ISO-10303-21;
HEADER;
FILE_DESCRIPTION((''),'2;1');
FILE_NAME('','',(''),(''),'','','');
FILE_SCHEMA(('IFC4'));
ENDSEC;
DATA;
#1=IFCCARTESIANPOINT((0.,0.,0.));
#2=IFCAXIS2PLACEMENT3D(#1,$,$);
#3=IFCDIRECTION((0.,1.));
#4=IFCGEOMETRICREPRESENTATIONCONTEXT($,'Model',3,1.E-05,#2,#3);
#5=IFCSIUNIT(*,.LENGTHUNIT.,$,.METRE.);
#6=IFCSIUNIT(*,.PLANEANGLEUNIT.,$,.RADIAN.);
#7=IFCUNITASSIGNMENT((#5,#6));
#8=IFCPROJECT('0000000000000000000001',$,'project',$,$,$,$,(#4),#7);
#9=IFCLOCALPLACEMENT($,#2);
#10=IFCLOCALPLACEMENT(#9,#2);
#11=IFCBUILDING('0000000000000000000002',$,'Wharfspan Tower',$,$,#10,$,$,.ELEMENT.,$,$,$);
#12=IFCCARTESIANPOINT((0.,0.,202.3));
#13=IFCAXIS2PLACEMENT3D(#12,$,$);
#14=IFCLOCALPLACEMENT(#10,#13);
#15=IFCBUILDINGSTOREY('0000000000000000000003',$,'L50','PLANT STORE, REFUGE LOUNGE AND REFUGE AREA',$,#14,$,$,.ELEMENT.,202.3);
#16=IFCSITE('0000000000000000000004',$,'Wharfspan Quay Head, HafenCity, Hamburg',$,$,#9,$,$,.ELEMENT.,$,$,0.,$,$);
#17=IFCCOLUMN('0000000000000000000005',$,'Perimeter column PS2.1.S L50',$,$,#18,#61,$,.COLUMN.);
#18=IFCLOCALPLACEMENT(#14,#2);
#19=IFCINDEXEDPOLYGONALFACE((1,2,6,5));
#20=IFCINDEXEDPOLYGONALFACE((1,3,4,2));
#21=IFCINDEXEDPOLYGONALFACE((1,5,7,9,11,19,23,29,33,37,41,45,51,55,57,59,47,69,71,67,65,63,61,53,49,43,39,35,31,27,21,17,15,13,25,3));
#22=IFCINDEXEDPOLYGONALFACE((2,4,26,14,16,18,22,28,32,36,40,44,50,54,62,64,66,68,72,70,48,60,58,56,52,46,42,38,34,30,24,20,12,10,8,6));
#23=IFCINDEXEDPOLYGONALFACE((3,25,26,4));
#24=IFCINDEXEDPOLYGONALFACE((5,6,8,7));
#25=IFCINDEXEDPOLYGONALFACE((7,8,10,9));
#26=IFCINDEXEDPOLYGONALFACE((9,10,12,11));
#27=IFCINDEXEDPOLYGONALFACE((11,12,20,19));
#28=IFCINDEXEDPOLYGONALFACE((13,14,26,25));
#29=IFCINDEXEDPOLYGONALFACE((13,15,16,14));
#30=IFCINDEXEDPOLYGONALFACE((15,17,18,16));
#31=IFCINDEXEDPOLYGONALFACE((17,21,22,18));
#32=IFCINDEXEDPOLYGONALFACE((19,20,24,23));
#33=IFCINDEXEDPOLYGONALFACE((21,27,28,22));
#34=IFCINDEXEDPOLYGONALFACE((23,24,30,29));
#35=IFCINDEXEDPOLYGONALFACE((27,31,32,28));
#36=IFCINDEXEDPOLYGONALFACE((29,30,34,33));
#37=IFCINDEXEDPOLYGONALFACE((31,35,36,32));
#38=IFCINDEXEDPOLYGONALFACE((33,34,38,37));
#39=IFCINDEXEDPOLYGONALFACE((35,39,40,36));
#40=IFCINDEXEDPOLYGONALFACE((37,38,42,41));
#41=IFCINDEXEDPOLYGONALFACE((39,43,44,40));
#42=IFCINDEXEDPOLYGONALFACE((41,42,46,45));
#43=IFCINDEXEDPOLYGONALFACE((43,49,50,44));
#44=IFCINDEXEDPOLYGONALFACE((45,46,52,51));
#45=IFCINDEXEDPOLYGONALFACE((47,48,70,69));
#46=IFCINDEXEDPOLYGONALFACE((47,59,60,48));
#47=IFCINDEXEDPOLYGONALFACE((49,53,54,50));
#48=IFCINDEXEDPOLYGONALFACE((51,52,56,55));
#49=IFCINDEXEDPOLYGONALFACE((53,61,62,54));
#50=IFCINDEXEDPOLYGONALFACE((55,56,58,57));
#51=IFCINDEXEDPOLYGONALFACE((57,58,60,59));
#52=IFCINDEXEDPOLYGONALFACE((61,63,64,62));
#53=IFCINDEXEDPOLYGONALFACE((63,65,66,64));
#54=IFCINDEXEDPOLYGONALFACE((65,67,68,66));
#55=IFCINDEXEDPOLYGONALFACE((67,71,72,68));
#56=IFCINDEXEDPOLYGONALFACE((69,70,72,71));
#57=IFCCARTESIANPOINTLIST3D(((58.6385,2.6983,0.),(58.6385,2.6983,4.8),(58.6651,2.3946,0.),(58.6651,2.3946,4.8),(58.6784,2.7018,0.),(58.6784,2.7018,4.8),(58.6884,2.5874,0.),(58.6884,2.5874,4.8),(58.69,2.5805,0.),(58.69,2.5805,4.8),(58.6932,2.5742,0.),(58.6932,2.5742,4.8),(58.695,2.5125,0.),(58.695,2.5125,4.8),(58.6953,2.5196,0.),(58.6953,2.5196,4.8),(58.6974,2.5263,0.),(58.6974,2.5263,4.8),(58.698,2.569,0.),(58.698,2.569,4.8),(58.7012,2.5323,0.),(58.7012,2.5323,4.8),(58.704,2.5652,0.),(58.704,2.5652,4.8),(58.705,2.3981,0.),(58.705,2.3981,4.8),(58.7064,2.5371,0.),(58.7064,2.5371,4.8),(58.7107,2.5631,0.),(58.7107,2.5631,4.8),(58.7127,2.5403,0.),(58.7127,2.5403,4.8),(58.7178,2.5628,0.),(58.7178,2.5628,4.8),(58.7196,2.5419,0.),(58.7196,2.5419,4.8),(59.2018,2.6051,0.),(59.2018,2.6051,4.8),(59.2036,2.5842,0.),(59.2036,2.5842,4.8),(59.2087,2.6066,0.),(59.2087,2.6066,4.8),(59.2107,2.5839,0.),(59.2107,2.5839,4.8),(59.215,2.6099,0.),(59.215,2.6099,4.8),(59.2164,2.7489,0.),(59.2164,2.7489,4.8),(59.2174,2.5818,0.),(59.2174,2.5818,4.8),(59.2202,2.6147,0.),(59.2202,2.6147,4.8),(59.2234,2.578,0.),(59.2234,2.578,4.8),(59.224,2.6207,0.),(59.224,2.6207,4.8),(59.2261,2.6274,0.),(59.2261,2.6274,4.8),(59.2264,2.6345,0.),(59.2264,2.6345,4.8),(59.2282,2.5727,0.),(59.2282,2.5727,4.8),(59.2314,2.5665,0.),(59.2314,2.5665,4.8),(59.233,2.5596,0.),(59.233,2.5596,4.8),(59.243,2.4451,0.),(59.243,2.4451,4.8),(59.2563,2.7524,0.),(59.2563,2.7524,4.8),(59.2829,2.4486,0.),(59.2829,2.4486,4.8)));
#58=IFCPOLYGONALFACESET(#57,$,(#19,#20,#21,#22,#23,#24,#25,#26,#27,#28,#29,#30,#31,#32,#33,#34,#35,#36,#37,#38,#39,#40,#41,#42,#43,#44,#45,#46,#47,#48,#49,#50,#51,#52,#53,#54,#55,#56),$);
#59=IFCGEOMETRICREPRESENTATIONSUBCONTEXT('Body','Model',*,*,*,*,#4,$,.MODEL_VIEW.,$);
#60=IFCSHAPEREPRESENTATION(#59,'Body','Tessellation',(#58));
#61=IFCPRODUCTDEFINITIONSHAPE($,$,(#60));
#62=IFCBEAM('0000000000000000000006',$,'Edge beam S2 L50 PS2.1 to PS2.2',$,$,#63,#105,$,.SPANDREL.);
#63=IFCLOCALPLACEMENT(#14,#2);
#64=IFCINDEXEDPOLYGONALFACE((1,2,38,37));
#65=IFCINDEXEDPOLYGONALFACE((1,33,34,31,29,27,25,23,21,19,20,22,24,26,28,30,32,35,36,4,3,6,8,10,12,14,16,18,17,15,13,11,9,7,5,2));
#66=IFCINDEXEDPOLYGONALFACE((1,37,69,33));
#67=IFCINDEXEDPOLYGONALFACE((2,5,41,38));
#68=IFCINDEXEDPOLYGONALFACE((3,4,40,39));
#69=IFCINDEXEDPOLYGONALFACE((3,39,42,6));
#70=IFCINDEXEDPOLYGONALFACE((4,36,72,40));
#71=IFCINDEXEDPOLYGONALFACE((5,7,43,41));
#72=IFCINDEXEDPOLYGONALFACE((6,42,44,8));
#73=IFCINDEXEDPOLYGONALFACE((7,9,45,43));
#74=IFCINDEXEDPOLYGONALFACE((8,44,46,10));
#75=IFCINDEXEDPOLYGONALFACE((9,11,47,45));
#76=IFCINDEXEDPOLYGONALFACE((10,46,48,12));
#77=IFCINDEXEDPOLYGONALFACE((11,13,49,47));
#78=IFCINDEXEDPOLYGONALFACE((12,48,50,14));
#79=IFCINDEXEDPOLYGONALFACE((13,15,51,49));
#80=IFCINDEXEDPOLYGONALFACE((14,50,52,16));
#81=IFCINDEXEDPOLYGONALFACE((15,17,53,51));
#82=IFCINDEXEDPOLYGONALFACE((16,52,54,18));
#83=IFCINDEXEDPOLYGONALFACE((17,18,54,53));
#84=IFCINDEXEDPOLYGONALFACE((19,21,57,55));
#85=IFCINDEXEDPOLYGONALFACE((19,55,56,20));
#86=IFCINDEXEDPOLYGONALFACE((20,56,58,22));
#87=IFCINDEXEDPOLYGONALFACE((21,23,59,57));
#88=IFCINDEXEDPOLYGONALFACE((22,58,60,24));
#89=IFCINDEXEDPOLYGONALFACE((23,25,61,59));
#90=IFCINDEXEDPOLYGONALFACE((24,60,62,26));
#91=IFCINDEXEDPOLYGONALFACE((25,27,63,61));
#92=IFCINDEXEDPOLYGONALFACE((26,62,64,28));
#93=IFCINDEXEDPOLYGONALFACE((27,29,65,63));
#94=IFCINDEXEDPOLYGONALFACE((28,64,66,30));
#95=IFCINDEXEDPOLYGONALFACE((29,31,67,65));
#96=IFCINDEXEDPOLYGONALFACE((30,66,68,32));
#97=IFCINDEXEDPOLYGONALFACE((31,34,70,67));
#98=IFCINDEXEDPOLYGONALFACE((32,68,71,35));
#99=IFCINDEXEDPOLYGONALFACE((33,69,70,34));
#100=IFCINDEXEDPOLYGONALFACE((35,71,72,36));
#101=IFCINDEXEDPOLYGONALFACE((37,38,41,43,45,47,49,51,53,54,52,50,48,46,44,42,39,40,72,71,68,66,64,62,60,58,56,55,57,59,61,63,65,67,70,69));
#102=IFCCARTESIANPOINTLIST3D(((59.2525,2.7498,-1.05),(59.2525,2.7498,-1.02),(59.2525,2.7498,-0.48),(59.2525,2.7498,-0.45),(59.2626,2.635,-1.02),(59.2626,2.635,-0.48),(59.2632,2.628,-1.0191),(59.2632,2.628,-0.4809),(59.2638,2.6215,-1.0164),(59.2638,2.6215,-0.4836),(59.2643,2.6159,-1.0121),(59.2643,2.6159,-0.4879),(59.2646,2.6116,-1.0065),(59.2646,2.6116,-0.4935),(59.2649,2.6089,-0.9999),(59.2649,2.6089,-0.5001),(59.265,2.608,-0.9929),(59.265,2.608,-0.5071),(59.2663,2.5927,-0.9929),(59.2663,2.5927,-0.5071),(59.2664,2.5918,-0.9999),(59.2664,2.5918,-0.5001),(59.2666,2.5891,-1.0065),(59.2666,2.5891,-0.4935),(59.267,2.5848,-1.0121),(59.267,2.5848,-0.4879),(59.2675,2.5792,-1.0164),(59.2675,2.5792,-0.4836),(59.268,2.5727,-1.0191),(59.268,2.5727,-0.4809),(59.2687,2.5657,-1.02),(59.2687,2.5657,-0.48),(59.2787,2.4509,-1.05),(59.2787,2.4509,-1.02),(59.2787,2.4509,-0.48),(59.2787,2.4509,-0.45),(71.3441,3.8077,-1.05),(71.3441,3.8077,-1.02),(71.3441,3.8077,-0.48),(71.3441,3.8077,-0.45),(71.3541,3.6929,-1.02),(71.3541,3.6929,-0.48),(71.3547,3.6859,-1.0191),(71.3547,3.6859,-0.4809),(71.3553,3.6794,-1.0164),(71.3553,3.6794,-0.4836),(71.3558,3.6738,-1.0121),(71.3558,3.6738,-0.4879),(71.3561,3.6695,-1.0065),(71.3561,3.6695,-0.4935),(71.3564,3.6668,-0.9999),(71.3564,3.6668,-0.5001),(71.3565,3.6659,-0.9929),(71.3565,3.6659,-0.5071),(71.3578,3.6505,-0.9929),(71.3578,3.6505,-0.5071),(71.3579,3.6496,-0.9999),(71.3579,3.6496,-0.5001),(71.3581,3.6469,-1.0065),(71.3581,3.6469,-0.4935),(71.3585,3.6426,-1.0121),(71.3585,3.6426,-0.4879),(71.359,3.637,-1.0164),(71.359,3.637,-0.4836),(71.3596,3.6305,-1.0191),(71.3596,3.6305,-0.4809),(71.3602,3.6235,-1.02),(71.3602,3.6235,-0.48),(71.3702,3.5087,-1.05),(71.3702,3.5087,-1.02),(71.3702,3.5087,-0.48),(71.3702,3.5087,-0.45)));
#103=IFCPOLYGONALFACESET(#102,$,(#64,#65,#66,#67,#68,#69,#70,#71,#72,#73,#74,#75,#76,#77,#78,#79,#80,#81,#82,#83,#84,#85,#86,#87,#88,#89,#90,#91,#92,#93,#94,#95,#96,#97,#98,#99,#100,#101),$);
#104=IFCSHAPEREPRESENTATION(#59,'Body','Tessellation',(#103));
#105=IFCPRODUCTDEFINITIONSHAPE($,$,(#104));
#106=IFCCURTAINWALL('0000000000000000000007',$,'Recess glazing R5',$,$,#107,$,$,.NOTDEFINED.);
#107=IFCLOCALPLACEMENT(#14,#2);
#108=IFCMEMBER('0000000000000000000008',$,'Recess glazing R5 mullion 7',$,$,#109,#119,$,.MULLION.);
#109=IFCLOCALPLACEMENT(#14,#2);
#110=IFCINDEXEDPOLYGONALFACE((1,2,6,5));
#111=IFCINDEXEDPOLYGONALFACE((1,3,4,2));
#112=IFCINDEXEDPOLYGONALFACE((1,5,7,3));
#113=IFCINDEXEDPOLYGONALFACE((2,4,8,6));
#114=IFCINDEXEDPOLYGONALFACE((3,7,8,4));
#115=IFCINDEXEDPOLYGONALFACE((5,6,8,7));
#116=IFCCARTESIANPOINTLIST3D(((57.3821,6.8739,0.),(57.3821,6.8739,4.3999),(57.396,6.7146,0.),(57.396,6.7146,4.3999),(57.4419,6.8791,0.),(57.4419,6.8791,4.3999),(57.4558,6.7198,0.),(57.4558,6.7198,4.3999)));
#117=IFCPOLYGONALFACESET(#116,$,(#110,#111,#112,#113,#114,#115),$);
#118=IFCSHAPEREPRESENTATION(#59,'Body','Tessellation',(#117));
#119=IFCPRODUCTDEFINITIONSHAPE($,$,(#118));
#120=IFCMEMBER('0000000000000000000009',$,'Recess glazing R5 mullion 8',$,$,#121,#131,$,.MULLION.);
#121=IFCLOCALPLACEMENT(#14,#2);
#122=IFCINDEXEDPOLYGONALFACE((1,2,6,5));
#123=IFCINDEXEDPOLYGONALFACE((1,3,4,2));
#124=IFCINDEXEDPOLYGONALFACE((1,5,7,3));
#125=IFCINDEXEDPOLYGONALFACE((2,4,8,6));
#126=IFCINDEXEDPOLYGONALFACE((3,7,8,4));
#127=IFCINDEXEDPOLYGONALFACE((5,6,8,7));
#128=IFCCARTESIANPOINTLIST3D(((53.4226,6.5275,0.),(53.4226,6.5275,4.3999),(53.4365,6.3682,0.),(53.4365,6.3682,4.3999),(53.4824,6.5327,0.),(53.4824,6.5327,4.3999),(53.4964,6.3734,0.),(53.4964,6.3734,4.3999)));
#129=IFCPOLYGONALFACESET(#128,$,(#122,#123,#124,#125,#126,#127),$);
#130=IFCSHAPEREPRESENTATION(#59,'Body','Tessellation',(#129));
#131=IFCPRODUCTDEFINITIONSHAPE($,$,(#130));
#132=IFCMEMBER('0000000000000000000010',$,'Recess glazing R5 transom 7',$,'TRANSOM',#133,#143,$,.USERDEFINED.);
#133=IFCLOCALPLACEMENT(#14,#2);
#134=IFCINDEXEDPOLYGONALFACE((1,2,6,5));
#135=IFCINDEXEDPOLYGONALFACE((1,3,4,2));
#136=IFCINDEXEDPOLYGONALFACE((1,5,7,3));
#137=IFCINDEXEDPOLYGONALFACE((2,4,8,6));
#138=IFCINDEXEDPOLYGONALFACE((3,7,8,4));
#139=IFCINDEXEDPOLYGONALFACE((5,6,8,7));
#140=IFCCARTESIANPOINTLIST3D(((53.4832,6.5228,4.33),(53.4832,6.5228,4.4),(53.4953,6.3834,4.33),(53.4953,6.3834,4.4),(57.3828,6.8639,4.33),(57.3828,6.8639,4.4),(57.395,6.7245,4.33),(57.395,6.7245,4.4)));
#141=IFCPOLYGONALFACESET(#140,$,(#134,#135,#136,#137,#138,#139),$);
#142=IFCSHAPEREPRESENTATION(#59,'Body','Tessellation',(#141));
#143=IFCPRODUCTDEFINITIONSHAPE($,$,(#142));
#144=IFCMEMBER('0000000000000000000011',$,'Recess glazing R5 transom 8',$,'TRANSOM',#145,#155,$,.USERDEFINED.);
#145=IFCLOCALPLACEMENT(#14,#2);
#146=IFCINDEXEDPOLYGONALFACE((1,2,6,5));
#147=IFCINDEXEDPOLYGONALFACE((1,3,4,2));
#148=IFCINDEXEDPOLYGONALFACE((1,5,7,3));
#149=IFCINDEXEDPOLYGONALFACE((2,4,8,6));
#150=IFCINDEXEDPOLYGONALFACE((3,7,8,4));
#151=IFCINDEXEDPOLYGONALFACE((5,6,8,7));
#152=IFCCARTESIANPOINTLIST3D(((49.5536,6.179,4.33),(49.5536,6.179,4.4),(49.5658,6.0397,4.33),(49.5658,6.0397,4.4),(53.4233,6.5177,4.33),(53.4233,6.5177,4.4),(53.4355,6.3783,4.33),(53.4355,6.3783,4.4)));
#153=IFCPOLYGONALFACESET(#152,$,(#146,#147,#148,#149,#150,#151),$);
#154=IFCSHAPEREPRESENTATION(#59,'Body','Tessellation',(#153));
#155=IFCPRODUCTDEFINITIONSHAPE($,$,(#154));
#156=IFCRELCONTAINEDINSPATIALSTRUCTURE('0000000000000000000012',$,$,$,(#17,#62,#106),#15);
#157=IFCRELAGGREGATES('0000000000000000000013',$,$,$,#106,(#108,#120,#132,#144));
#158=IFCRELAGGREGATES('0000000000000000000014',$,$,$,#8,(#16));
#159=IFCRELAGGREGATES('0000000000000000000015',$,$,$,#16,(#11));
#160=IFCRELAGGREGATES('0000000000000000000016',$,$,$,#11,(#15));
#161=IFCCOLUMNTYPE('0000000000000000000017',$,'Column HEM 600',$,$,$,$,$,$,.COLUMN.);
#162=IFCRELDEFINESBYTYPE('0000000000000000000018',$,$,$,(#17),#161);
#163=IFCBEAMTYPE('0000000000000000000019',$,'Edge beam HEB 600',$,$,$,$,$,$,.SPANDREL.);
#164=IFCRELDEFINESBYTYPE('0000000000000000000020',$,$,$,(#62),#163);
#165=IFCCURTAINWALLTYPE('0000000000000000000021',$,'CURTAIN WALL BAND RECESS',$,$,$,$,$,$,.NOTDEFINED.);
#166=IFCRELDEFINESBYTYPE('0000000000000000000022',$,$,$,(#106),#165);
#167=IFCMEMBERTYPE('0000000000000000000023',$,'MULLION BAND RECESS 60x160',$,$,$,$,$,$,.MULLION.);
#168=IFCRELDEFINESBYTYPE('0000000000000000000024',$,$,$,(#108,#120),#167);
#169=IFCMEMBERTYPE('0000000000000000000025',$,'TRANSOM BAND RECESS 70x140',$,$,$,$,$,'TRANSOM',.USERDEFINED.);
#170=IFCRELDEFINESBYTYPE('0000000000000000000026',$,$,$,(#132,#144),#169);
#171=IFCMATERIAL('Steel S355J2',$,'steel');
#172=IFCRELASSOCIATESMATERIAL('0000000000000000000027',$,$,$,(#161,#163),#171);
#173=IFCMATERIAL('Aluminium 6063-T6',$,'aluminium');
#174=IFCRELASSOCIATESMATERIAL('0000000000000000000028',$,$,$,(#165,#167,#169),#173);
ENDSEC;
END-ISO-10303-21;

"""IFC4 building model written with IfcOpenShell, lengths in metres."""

from ifc_helpers import new_model, si_unit, direction, frame, origin, origin_2d, place, context, subcontext, project, spatial, rectangle, i_section, extrude, material, material_profile, profile_set, type_object, element, aggregate, save


model = new_model("IFC4")

# Units and contexts
model_context = context("Model", 3, precision=1e-05, world=origin(), true_north=direction((0.0, 1.0)))
body_context = subcontext(model_context, "Body", "Model", "MODEL_VIEW")
ifc_project = project(units=[si_unit("LENGTHUNIT", "METRE"), si_unit("PLANEANGLEUNIT", "RADIAN")], contexts=[model_context])

# Site, building, storey
site_placement = place(None, origin())
site = spatial("IfcSite", under=ifc_project, at=site_placement, Name="Wharfspan Quay Head, HafenCity, Hamburg", CompositionType="ELEMENT", RefElevation=0.0)
building_placement = place(site_placement, origin())
building = spatial("IfcBuilding", under=site, at=building_placement, Name="Wharfspan Tower", CompositionType="ELEMENT")
storey_placement = place(building_placement, frame((0.0, 0.0, 202.3)))
storey = spatial("IfcBuildingStorey", under=building, at=storey_placement, Name="L50", Description="PLANT STORE, REFUGE LOUNGE AND REFUGE AREA", CompositionType="ELEMENT", Elevation=202.3)

# Column
ifc_material_1 = material(Name="Steel S355J2", Category="steel")
ifc_material_profile_1 = material_profile(ifc_material_1, i_section(OverallWidth=0.3049, OverallDepth=0.6201, WebThickness=0.021, FlangeThickness=0.04, FilletRadius=0.0271, at=origin_2d()))
ifc_profile_set_1 = profile_set([ifc_material_profile_1], Name="Steel S355J2")
column_type = type_object("IfcColumnType", Name="Column HEM 600", PredefinedType="COLUMN", material=ifc_profile_set_1)
column_placement = place(storey_placement, frame((58.9607, 2.5735, 0.0), z_axis=(0.0, 0.0, 1.0), x_axis=(0.087156, -0.996198, 0.0)))
element("IfcColumn", 1, at=column_placement, inside=storey, type_object=column_type, Name="Perimeter column PS2.1.S L50", PredefinedType="COLUMN", context=body_context, shape_type="SweptSolid", body=[
    extrude(i_section(OverallWidth=0.3049, OverallDepth=0.6201, WebThickness=0.021, FlangeThickness=0.04, FilletRadius=0.0271, at=origin_2d()), origin(), (0.0, 0.0, 1.0), 4.8),
])

# Beam
ifc_material_profile_2 = material_profile(ifc_material_1, i_section(OverallWidth=0.3, OverallDepth=0.6001, WebThickness=0.0154, FlangeThickness=0.03, FilletRadius=0.0271, at=origin_2d()))
ifc_profile_set_2 = profile_set([ifc_material_profile_2], Name="Steel S355J2")
beam_type = type_object("IfcBeamType", Name="Edge beam HEB 600", PredefinedType="SPANDREL", material=ifc_profile_set_2)
beam_placement = place(storey_placement, frame((59.2656, 2.6003, -0.75), z_axis=(0.996195, 0.087155, 0.0), x_axis=(-0.087155, 0.996195, 0.0)))
element("IfcBeam", 2, at=beam_placement, inside=storey, type_object=beam_type, Name="Edge beam S2 L50 PS2.1 to PS2.2", PredefinedType="SPANDREL", context=body_context, shape_type="SweptSolid", body=[
    extrude(i_section(OverallWidth=0.3, OverallDepth=0.6001, WebThickness=0.0154, FlangeThickness=0.03, FilletRadius=0.0271, at=origin_2d()), origin(), (0.0, 0.0, 1.0), 12.1377),
])

# Curtain wall, members
ifc_material_2 = material(Name="Aluminium 6063-T6", Category="aluminium")
curtain_wall_type = type_object("IfcCurtainWallType", Name="CURTAIN WALL BAND RECESS", PredefinedType="NOTDEFINED", material=ifc_material_2)
curtain_wall_placement = place(storey_placement, origin())
curtain_wall = element("IfcCurtainWall", 3, at=curtain_wall_placement, inside=storey, type_object=curtain_wall_type, Name="Recess glazing R5", PredefinedType="NOTDEFINED")
ifc_material_profile_3 = material_profile(ifc_material_2, rectangle(XDim=0.1599, YDim=0.0601, at=origin_2d()))
ifc_profile_set_3 = profile_set([ifc_material_profile_3], Name="Aluminium 6063-T6")
member_type_1 = type_object("IfcMemberType", Name="MULLION BAND RECESS 60x160", PredefinedType="MULLION", material=ifc_profile_set_3)
member_1_placement = place(storey_placement, frame((57.4189, 6.7969, 0.0), z_axis=(0.0, 0.0, 1.0), x_axis=(0.087156, -0.996198, 0.0)))
member_1 = element("IfcMember", 4, at=member_1_placement, type_object=member_type_1, Name="Recess glazing R5 mullion 7", PredefinedType="MULLION", context=body_context, shape_type="SweptSolid", body=[
    extrude(rectangle(XDim=0.1599, YDim=0.0601, at=origin_2d()), origin(), (0.0, 0.0, 1.0), 4.3999),
])
member_2_placement = place(storey_placement, frame((53.4595, 6.4504, 0.0), z_axis=(0.0, 0.0, 1.0), x_axis=(0.087156, -0.996198, 0.0)))
member_2 = element("IfcMember", 5, at=member_2_placement, type_object=member_type_1, Name="Recess glazing R5 mullion 8", PredefinedType="MULLION", context=body_context, shape_type="SweptSolid", body=[
    extrude(rectangle(XDim=0.1599, YDim=0.0601, at=origin_2d()), origin(), (0.0, 0.0, 1.0), 4.3999),
])
ifc_material_profile_4 = material_profile(ifc_material_2, rectangle(XDim=0.1399, YDim=0.0701, at=origin_2d()))
ifc_profile_set_4 = profile_set([ifc_material_profile_4], Name="Aluminium 6063-T6")
member_type_2 = type_object("IfcMemberType", Name="TRANSOM BAND RECESS 70x140", ElementType="TRANSOM", PredefinedType="USERDEFINED", material=ifc_profile_set_4)
member_3_placement = place(storey_placement, frame((57.3889, 6.7942, 4.365), z_axis=(-0.996197, -0.087127, 0.0), x_axis=(0.087127, -0.996197, 0.0)))
member_3 = element("IfcMember", 6, at=member_3_placement, type_object=member_type_2, Name="Recess glazing R5 transom 7", ObjectType="TRANSOM", PredefinedType="USERDEFINED", context=body_context, shape_type="SweptSolid", body=[
    extrude(rectangle(XDim=0.1399, YDim=0.0701, at=origin_2d()), origin(), (0.0, 0.0, 1.0), 3.9146),
])
member_4_placement = place(storey_placement, frame((53.4294, 6.448, 4.365), z_axis=(-0.996193, -0.087175, 0.0), x_axis=(0.087175, -0.996193, 0.0)))
member_4 = element("IfcMember", 7, at=member_4_placement, type_object=member_type_2, Name="Recess glazing R5 transom 8", ObjectType="TRANSOM", PredefinedType="USERDEFINED", context=body_context, shape_type="SweptSolid", body=[
    extrude(rectangle(XDim=0.1399, YDim=0.0701, at=origin_2d()), origin(), (0.0, 0.0, 1.0), 3.8845),
])

aggregate(curtain_wall, [member_1, member_2, member_3, member_4])

save(model, "model.ifc")
